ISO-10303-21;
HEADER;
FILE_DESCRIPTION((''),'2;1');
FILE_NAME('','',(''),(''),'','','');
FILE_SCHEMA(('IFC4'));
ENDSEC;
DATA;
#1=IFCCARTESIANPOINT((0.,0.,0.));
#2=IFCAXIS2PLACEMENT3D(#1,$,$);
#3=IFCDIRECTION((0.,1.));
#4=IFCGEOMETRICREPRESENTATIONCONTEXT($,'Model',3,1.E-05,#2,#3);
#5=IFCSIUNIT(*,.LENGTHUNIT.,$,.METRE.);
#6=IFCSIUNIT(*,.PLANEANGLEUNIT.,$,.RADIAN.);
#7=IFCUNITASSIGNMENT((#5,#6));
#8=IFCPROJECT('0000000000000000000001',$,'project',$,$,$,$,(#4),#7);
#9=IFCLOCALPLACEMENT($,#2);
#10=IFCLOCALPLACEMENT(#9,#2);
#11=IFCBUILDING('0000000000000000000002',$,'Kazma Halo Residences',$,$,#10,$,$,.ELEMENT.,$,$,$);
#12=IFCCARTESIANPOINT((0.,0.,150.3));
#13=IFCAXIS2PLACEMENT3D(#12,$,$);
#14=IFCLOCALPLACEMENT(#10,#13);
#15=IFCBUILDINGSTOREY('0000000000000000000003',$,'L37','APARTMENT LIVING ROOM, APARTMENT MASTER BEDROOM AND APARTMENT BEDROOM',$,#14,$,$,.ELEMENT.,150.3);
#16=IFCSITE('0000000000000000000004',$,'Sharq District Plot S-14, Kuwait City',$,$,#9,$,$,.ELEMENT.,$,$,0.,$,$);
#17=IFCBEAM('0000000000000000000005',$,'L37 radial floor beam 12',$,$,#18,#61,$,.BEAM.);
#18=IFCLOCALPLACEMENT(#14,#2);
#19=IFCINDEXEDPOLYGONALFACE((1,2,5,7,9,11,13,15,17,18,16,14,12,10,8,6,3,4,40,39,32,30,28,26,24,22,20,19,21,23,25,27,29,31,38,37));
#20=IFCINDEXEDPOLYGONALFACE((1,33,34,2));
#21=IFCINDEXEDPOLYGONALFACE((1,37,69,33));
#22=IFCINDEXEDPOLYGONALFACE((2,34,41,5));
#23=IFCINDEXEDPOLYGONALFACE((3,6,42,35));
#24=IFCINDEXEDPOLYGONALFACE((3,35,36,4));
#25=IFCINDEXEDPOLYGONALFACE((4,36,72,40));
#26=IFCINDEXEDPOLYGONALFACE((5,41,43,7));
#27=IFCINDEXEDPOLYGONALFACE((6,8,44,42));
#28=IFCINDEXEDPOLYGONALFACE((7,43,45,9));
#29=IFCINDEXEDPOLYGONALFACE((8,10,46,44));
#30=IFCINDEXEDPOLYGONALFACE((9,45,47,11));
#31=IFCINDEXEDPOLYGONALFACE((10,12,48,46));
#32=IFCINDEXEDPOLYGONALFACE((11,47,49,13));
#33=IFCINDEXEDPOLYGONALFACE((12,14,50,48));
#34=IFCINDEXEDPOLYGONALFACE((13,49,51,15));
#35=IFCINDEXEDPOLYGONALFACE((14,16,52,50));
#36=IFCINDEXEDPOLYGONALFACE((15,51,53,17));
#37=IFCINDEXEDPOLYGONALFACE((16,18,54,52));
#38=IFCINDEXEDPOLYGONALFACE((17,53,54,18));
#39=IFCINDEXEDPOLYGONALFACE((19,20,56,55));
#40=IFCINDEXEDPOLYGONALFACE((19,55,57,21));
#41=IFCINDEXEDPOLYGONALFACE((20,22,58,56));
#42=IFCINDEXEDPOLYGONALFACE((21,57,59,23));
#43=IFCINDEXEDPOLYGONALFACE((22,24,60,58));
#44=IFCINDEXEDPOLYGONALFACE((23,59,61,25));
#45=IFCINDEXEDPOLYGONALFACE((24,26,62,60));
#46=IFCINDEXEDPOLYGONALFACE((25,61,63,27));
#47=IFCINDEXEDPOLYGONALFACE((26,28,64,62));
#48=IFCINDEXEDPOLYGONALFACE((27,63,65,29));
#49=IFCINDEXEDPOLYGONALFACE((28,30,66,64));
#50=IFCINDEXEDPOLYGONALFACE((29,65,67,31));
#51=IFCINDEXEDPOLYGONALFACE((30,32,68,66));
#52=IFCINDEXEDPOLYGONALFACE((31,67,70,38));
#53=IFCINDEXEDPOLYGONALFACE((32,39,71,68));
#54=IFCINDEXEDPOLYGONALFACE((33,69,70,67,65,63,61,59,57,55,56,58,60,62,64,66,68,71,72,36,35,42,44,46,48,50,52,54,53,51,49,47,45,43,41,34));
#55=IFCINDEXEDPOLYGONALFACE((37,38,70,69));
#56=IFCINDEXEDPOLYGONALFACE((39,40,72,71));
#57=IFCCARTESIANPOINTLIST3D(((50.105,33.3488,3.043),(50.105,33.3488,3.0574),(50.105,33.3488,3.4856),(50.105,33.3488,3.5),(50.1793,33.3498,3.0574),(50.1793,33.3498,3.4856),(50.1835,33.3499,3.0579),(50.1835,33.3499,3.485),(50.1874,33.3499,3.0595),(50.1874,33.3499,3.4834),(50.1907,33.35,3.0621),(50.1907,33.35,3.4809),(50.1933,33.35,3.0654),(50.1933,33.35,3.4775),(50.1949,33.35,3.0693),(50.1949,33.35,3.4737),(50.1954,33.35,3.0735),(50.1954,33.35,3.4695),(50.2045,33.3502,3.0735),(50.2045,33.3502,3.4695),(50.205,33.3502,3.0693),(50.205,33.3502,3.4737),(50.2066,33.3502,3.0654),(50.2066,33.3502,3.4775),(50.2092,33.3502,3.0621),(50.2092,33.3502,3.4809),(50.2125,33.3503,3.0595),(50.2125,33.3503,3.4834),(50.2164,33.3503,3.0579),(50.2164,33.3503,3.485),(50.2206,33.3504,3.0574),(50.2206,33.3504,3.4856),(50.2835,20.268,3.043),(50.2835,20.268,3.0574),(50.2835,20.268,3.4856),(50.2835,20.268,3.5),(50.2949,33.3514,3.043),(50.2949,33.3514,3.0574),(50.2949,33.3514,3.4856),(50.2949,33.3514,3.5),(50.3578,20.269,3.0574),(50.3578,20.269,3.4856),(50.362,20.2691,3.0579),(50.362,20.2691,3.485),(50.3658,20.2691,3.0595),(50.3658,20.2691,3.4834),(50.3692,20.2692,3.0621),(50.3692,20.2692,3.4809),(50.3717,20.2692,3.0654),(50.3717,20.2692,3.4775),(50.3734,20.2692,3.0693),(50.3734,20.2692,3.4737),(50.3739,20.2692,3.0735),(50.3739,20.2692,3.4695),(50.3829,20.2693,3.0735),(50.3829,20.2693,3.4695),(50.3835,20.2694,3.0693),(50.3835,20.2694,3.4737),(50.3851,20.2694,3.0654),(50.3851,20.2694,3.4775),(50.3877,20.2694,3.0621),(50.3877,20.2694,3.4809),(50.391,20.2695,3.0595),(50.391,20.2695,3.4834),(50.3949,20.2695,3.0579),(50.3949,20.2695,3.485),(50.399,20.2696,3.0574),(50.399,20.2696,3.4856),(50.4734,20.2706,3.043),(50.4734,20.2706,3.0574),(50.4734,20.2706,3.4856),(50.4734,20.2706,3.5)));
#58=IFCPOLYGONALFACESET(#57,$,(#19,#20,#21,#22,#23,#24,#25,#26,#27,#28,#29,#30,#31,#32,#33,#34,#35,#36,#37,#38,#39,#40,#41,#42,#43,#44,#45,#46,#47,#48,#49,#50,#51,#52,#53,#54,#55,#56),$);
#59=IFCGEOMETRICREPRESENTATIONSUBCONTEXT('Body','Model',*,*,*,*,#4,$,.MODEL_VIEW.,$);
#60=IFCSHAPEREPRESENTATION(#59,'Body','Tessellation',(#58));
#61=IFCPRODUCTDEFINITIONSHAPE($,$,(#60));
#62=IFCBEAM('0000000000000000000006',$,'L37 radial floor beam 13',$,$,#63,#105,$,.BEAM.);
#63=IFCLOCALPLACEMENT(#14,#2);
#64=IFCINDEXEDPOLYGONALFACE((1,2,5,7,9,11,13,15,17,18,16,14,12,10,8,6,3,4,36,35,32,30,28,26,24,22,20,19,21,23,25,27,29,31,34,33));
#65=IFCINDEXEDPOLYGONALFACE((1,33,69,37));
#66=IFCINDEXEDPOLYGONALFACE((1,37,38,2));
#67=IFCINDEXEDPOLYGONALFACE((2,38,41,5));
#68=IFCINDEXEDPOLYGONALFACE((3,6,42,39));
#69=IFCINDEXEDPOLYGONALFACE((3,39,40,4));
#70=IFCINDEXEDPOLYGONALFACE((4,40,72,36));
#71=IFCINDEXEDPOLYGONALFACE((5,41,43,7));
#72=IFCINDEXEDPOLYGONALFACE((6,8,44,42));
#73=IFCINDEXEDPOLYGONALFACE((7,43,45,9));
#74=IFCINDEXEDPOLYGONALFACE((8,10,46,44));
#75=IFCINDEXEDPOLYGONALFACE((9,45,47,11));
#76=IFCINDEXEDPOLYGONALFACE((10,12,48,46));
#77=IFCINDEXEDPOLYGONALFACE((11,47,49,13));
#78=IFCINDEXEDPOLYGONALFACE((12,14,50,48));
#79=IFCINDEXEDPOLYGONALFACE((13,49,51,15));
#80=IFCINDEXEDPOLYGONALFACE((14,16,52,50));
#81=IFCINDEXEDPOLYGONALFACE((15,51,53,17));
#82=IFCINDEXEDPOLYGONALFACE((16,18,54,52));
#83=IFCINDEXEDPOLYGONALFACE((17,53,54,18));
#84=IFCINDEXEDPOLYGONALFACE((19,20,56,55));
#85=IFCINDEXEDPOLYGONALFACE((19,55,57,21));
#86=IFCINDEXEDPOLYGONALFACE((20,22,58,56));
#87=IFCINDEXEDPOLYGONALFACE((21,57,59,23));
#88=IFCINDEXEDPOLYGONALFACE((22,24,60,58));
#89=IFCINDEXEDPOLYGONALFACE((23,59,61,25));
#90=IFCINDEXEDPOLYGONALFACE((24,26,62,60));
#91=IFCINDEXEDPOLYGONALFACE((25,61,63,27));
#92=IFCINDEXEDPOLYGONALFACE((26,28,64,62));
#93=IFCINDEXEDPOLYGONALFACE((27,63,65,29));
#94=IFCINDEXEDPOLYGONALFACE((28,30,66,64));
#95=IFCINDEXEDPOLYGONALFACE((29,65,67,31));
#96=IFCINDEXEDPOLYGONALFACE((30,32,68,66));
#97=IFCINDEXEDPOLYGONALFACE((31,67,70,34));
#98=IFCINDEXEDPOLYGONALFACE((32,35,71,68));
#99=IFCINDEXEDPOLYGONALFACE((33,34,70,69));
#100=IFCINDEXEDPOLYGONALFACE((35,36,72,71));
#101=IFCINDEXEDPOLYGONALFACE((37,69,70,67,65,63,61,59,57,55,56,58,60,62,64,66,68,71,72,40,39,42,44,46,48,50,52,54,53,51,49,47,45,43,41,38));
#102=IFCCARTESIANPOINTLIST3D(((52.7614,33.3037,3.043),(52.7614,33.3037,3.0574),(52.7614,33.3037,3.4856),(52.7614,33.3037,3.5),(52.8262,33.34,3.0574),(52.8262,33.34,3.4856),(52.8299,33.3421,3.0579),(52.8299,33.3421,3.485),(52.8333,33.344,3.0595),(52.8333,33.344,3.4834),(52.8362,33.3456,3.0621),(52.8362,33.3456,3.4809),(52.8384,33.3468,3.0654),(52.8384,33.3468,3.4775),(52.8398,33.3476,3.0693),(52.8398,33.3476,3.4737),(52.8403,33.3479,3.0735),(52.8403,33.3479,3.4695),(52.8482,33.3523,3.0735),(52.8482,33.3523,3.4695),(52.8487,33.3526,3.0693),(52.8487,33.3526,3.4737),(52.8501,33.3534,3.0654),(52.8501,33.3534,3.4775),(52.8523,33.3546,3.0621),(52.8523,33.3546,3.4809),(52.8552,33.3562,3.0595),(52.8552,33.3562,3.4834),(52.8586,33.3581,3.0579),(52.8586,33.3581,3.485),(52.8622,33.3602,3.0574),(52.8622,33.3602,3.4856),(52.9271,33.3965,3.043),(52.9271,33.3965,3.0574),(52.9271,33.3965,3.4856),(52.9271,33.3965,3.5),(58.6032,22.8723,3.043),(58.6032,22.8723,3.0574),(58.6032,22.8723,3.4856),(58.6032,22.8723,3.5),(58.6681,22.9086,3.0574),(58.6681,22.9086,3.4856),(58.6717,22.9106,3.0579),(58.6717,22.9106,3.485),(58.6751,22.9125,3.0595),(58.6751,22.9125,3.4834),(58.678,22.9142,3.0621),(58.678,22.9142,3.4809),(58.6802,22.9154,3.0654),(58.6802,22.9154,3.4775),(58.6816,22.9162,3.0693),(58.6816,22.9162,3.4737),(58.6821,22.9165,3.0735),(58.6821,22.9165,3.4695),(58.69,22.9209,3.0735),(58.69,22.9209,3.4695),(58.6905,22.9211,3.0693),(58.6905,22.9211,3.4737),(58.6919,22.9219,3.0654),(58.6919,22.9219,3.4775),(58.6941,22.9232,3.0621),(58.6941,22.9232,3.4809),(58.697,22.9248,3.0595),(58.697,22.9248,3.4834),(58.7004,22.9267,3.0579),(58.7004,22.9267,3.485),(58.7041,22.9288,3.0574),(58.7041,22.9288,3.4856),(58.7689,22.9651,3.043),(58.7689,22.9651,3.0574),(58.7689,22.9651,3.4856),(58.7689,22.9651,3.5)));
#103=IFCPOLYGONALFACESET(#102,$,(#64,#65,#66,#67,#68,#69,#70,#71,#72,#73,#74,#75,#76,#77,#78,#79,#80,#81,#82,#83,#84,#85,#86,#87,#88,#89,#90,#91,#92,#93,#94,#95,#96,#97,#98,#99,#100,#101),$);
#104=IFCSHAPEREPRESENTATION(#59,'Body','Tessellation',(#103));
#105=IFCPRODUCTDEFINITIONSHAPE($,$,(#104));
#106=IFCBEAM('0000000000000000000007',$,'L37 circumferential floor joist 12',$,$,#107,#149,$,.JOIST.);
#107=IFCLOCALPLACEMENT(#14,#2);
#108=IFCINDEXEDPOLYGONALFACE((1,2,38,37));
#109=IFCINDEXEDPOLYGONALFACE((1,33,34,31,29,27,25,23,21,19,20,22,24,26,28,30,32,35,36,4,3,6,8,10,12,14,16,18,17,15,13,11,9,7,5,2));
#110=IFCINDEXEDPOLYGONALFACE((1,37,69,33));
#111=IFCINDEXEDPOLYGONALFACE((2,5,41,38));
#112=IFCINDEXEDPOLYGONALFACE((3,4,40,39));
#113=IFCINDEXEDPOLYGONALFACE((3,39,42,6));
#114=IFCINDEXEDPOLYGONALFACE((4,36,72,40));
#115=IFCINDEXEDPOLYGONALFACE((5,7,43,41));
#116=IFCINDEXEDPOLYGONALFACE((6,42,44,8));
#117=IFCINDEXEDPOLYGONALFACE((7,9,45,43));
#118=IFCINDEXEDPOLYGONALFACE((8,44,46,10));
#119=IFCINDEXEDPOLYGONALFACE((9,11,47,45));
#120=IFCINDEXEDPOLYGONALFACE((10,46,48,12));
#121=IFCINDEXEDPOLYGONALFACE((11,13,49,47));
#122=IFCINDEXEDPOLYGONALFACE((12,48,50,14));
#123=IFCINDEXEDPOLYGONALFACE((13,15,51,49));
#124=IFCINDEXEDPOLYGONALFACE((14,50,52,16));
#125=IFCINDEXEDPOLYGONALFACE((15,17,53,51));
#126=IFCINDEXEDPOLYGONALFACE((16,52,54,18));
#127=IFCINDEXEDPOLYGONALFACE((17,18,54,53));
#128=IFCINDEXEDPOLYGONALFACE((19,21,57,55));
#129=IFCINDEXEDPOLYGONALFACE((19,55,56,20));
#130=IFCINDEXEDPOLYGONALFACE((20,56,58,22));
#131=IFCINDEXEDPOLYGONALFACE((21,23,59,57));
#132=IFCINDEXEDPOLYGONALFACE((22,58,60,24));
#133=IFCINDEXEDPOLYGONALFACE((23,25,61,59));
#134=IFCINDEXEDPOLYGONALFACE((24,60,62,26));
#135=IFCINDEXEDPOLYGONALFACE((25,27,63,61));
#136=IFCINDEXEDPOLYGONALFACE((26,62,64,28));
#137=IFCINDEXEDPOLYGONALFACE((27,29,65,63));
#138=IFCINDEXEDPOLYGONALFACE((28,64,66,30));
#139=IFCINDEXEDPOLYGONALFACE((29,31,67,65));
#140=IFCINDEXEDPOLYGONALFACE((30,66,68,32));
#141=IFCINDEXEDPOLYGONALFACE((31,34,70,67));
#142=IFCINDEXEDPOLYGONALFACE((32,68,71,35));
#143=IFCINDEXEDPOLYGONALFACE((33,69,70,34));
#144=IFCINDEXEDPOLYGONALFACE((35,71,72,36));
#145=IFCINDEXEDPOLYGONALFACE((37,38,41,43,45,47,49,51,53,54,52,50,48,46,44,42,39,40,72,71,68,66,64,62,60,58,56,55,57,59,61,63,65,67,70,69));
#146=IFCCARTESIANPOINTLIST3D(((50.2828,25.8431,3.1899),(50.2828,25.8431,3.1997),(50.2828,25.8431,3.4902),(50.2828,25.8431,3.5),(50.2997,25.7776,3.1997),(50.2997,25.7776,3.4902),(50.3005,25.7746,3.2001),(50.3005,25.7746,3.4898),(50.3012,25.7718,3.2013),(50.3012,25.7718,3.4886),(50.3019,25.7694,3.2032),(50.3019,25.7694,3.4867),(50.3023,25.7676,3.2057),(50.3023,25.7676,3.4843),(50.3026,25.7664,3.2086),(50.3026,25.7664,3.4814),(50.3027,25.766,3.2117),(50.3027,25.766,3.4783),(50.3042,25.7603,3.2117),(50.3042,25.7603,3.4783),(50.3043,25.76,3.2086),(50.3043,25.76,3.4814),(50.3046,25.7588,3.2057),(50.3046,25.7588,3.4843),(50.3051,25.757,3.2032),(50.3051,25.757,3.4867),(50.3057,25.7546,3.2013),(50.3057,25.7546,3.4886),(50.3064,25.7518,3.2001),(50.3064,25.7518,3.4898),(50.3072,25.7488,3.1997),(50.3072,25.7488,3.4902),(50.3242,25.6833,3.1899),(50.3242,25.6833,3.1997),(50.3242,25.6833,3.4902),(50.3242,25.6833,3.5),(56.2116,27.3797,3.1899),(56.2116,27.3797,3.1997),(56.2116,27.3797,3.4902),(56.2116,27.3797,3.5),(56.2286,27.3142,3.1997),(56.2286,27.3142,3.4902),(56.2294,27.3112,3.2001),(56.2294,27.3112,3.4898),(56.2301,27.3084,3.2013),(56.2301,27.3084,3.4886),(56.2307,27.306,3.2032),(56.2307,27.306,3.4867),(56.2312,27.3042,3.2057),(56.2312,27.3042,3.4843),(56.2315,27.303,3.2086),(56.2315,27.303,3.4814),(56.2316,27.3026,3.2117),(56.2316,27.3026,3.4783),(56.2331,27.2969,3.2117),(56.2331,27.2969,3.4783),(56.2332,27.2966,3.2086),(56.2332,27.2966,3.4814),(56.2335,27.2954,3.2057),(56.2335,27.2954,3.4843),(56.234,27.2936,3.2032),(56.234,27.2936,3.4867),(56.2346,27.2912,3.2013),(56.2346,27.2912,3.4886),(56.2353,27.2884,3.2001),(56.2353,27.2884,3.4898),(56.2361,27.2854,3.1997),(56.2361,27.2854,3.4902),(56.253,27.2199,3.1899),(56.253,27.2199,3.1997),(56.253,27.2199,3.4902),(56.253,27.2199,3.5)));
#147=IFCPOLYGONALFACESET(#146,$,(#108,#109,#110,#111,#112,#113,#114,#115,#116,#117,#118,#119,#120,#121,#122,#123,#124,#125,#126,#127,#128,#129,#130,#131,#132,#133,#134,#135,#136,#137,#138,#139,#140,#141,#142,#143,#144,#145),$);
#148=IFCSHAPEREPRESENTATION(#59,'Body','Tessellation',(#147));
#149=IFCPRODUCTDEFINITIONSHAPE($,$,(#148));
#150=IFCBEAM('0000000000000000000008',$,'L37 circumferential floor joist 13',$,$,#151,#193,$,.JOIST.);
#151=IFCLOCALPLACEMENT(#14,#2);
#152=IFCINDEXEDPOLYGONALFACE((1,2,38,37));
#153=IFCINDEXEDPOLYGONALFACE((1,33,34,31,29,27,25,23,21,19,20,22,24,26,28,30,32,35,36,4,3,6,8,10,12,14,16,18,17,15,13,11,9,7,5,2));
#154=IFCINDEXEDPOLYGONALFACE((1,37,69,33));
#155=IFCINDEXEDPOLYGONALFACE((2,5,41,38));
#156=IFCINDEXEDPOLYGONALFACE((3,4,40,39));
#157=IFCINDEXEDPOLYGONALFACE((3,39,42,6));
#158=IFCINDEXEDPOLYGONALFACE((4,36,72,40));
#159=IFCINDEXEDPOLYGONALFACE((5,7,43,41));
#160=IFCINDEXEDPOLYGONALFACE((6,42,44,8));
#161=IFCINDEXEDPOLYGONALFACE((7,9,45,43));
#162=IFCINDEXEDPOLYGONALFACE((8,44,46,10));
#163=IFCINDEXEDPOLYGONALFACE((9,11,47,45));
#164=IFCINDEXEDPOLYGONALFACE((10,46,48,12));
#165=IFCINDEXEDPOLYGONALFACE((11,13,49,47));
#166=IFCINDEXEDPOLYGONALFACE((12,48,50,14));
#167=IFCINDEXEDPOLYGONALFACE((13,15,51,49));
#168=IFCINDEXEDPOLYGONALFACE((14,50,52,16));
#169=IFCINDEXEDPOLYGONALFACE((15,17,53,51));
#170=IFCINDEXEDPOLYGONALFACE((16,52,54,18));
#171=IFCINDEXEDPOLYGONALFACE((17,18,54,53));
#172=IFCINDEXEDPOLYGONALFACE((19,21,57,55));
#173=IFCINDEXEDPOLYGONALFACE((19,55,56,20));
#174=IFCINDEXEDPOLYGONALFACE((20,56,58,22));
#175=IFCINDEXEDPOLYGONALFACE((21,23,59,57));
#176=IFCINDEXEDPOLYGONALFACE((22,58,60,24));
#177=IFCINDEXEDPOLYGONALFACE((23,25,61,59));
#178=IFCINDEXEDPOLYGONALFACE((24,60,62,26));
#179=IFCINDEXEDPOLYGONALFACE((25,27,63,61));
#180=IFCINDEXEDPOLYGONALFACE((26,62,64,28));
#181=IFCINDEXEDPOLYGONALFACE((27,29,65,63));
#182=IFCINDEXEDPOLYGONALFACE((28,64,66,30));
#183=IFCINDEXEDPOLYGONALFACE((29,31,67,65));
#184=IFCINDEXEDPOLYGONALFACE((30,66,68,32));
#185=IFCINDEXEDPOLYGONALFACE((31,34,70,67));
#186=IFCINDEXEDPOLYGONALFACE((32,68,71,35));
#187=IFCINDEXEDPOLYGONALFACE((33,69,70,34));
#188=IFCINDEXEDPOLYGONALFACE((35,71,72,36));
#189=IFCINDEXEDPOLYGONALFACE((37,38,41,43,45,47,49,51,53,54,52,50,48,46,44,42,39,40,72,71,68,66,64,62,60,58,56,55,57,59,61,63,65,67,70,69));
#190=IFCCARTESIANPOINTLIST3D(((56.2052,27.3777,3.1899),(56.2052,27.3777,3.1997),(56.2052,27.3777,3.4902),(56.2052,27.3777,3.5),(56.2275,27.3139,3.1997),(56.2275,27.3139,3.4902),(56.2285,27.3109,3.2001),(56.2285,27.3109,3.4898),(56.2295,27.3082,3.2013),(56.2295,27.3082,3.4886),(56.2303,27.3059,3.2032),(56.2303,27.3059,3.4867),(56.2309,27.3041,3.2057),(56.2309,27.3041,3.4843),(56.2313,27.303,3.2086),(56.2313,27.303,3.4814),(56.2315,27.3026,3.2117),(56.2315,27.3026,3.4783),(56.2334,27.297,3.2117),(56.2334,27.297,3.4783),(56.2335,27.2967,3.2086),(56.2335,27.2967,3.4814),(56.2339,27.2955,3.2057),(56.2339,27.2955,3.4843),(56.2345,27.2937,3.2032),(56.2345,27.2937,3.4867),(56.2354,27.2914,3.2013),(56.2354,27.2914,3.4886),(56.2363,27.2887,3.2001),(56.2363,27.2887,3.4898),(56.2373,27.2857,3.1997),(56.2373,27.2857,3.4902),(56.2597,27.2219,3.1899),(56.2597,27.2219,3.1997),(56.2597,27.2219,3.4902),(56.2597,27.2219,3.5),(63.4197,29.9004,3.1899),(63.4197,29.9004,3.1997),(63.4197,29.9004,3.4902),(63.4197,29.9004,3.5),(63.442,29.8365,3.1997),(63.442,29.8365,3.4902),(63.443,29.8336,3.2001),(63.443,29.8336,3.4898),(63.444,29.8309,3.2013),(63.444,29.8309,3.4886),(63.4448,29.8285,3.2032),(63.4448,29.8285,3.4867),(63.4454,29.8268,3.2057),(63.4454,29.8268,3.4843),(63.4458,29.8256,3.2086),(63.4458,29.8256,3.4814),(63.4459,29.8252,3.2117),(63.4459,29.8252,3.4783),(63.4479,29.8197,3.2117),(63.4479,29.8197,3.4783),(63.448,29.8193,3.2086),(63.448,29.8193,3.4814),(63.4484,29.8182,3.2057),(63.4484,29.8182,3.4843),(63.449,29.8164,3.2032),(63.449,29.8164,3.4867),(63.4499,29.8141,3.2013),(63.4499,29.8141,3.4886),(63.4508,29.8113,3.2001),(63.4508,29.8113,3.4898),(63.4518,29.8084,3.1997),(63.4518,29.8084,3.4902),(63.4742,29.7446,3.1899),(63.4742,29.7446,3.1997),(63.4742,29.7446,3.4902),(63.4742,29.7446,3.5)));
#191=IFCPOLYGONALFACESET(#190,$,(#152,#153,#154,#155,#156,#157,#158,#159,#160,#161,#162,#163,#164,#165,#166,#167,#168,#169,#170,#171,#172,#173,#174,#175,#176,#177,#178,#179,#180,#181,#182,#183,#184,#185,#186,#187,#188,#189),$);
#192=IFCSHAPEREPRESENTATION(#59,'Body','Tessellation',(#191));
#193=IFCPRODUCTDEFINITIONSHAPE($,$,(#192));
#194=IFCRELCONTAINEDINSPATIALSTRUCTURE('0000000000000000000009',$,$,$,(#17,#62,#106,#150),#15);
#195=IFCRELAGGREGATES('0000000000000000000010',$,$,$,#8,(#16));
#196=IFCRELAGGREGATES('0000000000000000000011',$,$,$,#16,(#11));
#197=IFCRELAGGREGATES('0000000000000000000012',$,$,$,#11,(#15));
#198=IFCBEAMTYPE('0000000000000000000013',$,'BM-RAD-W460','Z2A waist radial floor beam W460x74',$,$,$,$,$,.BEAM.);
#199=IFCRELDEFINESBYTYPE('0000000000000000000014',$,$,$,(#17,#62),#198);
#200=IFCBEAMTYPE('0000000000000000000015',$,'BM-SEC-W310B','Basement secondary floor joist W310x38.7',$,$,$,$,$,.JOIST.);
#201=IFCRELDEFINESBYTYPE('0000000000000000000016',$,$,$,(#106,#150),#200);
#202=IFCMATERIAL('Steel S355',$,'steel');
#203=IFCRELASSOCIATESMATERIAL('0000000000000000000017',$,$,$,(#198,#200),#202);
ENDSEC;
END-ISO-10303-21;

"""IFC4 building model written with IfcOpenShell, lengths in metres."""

from ifc_helpers import new_model, si_unit, direction, frame, origin, origin_2d, place, context, subcontext, project, spatial, i_section, extrude, material, material_profile, profile_set, type_object, element, save


model = new_model("IFC4")

# Units and contexts
model_context = context("Model", 3, precision=1e-05, world=origin(), true_north=direction((0.0, 1.0)))
body_context = subcontext(model_context, "Body", "Model", "MODEL_VIEW")
ifc_project = project(units=[si_unit("LENGTHUNIT", "METRE"), si_unit("PLANEANGLEUNIT", "RADIAN")], contexts=[model_context])

# Site, building, storey
site_placement = place(None, origin())
site = spatial("IfcSite", under=ifc_project, at=site_placement, Name="Sharq District Plot S-14, Kuwait City", CompositionType="ELEMENT", RefElevation=0.0)
building_placement = place(site_placement, origin())
building = spatial("IfcBuilding", under=site, at=building_placement, Name="Kazma Halo Residences", CompositionType="ELEMENT")
storey_placement = place(building_placement, frame((0.0, 0.0, 150.3)))
storey = spatial("IfcBuildingStorey", under=building, at=storey_placement, Name="L37", Description="APARTMENT LIVING ROOM, APARTMENT MASTER BEDROOM AND APARTMENT BEDROOM", CompositionType="ELEMENT", Elevation=150.3)

# Beams
ifc_material_1 = material(Name="Steel S355", Category="steel")
ifc_material_profile_1 = material_profile(ifc_material_1, i_section(OverallWidth=0.1899, OverallDepth=0.457, WebThickness=0.009, FlangeThickness=0.0144, FilletRadius=0.0161, at=origin_2d()), Name="W460x74")
ifc_profile_set_1 = profile_set([ifc_material_profile_1], Name="Steel S355")
beam_type_1 = type_object("IfcBeamType", Name="BM-RAD-W460", Description="Z2A waist radial floor beam W460x74", PredefinedType="BEAM", material=ifc_profile_set_1)
beam_1_placement = place(storey_placement, frame((50.2, 33.3501, 3.2715), z_axis=(0.013642, -0.999907, 0.0), x_axis=(0.999907, 0.013642, 0.0)))
element("IfcBeam", 1, at=beam_1_placement, inside=storey, type_object=beam_type_1, Name="L37 radial floor beam 12", PredefinedType="BEAM", context=body_context, shape_type="SweptSolid", body=[
    extrude(i_section(OverallWidth=0.1899, OverallDepth=0.457, WebThickness=0.009, FlangeThickness=0.0144, FilletRadius=0.0161, at=origin_2d()), origin(), (0.0, 0.0, 1.0), 13.082),
])
beam_2_placement = place(storey_placement, frame((52.8442, 33.3501, 3.2715), z_axis=(0.488617, -0.872498, 0.0), x_axis=(0.872498, 0.488617, 0.0)))
element("IfcBeam", 2, at=beam_2_placement, inside=storey, type_object=beam_type_1, Name="L37 radial floor beam 13", PredefinedType="BEAM", context=body_context, shape_type="SweptSolid", body=[
    extrude(i_section(OverallWidth=0.1899, OverallDepth=0.457, WebThickness=0.009, FlangeThickness=0.0144, FilletRadius=0.0161, at=origin_2d()), origin(), (0.0, 0.0, 1.0), 11.9558),
])
ifc_material_profile_2 = material_profile(ifc_material_1, i_section(OverallWidth=0.165, OverallDepth=0.3101, WebThickness=0.0059, FlangeThickness=0.0098, FilletRadius=0.012, at=origin_2d()), Name="W310x38.7")
ifc_profile_set_2 = profile_set([ifc_material_profile_2], Name="Steel S355")
beam_type_2 = type_object("IfcBeamType", Name="BM-SEC-W310B", Description="Basement secondary floor joist W310x38.7", PredefinedType="JOIST", material=ifc_profile_set_2)
beam_3_placement = place(storey_placement, frame((50.3035, 25.7632, 3.345), z_axis=(0.968017, 0.250883, 0.0), x_axis=(-0.250883, 0.968017, 0.0)))
element("IfcBeam", 3, at=beam_3_placement, inside=storey, type_object=beam_type_2, Name="L37 circumferential floor joist 12", PredefinedType="JOIST", context=body_context, shape_type="SweptSolid", body=[
    extrude(i_section(OverallWidth=0.165, OverallDepth=0.3101, WebThickness=0.0059, FlangeThickness=0.0098, FilletRadius=0.012, at=origin_2d()), origin(), (0.0, 0.0, 1.0), 6.1248),
])
beam_4_placement = place(storey_placement, frame((56.2324, 27.2998, 3.345), z_axis=(0.943956, 0.33007, 0.0), x_axis=(-0.33007, 0.943956, 0.0)))
element("IfcBeam", 4, at=beam_4_placement, inside=storey, type_object=beam_type_2, Name="L37 circumferential floor joist 13", PredefinedType="JOIST", context=body_context, shape_type="SweptSolid", body=[
    extrude(i_section(OverallWidth=0.165, OverallDepth=0.3101, WebThickness=0.0059, FlangeThickness=0.0098, FilletRadius=0.012, at=origin_2d()), origin(), (0.0, 0.0, 1.0), 7.6428),
])

save(model, "model.ifc")
